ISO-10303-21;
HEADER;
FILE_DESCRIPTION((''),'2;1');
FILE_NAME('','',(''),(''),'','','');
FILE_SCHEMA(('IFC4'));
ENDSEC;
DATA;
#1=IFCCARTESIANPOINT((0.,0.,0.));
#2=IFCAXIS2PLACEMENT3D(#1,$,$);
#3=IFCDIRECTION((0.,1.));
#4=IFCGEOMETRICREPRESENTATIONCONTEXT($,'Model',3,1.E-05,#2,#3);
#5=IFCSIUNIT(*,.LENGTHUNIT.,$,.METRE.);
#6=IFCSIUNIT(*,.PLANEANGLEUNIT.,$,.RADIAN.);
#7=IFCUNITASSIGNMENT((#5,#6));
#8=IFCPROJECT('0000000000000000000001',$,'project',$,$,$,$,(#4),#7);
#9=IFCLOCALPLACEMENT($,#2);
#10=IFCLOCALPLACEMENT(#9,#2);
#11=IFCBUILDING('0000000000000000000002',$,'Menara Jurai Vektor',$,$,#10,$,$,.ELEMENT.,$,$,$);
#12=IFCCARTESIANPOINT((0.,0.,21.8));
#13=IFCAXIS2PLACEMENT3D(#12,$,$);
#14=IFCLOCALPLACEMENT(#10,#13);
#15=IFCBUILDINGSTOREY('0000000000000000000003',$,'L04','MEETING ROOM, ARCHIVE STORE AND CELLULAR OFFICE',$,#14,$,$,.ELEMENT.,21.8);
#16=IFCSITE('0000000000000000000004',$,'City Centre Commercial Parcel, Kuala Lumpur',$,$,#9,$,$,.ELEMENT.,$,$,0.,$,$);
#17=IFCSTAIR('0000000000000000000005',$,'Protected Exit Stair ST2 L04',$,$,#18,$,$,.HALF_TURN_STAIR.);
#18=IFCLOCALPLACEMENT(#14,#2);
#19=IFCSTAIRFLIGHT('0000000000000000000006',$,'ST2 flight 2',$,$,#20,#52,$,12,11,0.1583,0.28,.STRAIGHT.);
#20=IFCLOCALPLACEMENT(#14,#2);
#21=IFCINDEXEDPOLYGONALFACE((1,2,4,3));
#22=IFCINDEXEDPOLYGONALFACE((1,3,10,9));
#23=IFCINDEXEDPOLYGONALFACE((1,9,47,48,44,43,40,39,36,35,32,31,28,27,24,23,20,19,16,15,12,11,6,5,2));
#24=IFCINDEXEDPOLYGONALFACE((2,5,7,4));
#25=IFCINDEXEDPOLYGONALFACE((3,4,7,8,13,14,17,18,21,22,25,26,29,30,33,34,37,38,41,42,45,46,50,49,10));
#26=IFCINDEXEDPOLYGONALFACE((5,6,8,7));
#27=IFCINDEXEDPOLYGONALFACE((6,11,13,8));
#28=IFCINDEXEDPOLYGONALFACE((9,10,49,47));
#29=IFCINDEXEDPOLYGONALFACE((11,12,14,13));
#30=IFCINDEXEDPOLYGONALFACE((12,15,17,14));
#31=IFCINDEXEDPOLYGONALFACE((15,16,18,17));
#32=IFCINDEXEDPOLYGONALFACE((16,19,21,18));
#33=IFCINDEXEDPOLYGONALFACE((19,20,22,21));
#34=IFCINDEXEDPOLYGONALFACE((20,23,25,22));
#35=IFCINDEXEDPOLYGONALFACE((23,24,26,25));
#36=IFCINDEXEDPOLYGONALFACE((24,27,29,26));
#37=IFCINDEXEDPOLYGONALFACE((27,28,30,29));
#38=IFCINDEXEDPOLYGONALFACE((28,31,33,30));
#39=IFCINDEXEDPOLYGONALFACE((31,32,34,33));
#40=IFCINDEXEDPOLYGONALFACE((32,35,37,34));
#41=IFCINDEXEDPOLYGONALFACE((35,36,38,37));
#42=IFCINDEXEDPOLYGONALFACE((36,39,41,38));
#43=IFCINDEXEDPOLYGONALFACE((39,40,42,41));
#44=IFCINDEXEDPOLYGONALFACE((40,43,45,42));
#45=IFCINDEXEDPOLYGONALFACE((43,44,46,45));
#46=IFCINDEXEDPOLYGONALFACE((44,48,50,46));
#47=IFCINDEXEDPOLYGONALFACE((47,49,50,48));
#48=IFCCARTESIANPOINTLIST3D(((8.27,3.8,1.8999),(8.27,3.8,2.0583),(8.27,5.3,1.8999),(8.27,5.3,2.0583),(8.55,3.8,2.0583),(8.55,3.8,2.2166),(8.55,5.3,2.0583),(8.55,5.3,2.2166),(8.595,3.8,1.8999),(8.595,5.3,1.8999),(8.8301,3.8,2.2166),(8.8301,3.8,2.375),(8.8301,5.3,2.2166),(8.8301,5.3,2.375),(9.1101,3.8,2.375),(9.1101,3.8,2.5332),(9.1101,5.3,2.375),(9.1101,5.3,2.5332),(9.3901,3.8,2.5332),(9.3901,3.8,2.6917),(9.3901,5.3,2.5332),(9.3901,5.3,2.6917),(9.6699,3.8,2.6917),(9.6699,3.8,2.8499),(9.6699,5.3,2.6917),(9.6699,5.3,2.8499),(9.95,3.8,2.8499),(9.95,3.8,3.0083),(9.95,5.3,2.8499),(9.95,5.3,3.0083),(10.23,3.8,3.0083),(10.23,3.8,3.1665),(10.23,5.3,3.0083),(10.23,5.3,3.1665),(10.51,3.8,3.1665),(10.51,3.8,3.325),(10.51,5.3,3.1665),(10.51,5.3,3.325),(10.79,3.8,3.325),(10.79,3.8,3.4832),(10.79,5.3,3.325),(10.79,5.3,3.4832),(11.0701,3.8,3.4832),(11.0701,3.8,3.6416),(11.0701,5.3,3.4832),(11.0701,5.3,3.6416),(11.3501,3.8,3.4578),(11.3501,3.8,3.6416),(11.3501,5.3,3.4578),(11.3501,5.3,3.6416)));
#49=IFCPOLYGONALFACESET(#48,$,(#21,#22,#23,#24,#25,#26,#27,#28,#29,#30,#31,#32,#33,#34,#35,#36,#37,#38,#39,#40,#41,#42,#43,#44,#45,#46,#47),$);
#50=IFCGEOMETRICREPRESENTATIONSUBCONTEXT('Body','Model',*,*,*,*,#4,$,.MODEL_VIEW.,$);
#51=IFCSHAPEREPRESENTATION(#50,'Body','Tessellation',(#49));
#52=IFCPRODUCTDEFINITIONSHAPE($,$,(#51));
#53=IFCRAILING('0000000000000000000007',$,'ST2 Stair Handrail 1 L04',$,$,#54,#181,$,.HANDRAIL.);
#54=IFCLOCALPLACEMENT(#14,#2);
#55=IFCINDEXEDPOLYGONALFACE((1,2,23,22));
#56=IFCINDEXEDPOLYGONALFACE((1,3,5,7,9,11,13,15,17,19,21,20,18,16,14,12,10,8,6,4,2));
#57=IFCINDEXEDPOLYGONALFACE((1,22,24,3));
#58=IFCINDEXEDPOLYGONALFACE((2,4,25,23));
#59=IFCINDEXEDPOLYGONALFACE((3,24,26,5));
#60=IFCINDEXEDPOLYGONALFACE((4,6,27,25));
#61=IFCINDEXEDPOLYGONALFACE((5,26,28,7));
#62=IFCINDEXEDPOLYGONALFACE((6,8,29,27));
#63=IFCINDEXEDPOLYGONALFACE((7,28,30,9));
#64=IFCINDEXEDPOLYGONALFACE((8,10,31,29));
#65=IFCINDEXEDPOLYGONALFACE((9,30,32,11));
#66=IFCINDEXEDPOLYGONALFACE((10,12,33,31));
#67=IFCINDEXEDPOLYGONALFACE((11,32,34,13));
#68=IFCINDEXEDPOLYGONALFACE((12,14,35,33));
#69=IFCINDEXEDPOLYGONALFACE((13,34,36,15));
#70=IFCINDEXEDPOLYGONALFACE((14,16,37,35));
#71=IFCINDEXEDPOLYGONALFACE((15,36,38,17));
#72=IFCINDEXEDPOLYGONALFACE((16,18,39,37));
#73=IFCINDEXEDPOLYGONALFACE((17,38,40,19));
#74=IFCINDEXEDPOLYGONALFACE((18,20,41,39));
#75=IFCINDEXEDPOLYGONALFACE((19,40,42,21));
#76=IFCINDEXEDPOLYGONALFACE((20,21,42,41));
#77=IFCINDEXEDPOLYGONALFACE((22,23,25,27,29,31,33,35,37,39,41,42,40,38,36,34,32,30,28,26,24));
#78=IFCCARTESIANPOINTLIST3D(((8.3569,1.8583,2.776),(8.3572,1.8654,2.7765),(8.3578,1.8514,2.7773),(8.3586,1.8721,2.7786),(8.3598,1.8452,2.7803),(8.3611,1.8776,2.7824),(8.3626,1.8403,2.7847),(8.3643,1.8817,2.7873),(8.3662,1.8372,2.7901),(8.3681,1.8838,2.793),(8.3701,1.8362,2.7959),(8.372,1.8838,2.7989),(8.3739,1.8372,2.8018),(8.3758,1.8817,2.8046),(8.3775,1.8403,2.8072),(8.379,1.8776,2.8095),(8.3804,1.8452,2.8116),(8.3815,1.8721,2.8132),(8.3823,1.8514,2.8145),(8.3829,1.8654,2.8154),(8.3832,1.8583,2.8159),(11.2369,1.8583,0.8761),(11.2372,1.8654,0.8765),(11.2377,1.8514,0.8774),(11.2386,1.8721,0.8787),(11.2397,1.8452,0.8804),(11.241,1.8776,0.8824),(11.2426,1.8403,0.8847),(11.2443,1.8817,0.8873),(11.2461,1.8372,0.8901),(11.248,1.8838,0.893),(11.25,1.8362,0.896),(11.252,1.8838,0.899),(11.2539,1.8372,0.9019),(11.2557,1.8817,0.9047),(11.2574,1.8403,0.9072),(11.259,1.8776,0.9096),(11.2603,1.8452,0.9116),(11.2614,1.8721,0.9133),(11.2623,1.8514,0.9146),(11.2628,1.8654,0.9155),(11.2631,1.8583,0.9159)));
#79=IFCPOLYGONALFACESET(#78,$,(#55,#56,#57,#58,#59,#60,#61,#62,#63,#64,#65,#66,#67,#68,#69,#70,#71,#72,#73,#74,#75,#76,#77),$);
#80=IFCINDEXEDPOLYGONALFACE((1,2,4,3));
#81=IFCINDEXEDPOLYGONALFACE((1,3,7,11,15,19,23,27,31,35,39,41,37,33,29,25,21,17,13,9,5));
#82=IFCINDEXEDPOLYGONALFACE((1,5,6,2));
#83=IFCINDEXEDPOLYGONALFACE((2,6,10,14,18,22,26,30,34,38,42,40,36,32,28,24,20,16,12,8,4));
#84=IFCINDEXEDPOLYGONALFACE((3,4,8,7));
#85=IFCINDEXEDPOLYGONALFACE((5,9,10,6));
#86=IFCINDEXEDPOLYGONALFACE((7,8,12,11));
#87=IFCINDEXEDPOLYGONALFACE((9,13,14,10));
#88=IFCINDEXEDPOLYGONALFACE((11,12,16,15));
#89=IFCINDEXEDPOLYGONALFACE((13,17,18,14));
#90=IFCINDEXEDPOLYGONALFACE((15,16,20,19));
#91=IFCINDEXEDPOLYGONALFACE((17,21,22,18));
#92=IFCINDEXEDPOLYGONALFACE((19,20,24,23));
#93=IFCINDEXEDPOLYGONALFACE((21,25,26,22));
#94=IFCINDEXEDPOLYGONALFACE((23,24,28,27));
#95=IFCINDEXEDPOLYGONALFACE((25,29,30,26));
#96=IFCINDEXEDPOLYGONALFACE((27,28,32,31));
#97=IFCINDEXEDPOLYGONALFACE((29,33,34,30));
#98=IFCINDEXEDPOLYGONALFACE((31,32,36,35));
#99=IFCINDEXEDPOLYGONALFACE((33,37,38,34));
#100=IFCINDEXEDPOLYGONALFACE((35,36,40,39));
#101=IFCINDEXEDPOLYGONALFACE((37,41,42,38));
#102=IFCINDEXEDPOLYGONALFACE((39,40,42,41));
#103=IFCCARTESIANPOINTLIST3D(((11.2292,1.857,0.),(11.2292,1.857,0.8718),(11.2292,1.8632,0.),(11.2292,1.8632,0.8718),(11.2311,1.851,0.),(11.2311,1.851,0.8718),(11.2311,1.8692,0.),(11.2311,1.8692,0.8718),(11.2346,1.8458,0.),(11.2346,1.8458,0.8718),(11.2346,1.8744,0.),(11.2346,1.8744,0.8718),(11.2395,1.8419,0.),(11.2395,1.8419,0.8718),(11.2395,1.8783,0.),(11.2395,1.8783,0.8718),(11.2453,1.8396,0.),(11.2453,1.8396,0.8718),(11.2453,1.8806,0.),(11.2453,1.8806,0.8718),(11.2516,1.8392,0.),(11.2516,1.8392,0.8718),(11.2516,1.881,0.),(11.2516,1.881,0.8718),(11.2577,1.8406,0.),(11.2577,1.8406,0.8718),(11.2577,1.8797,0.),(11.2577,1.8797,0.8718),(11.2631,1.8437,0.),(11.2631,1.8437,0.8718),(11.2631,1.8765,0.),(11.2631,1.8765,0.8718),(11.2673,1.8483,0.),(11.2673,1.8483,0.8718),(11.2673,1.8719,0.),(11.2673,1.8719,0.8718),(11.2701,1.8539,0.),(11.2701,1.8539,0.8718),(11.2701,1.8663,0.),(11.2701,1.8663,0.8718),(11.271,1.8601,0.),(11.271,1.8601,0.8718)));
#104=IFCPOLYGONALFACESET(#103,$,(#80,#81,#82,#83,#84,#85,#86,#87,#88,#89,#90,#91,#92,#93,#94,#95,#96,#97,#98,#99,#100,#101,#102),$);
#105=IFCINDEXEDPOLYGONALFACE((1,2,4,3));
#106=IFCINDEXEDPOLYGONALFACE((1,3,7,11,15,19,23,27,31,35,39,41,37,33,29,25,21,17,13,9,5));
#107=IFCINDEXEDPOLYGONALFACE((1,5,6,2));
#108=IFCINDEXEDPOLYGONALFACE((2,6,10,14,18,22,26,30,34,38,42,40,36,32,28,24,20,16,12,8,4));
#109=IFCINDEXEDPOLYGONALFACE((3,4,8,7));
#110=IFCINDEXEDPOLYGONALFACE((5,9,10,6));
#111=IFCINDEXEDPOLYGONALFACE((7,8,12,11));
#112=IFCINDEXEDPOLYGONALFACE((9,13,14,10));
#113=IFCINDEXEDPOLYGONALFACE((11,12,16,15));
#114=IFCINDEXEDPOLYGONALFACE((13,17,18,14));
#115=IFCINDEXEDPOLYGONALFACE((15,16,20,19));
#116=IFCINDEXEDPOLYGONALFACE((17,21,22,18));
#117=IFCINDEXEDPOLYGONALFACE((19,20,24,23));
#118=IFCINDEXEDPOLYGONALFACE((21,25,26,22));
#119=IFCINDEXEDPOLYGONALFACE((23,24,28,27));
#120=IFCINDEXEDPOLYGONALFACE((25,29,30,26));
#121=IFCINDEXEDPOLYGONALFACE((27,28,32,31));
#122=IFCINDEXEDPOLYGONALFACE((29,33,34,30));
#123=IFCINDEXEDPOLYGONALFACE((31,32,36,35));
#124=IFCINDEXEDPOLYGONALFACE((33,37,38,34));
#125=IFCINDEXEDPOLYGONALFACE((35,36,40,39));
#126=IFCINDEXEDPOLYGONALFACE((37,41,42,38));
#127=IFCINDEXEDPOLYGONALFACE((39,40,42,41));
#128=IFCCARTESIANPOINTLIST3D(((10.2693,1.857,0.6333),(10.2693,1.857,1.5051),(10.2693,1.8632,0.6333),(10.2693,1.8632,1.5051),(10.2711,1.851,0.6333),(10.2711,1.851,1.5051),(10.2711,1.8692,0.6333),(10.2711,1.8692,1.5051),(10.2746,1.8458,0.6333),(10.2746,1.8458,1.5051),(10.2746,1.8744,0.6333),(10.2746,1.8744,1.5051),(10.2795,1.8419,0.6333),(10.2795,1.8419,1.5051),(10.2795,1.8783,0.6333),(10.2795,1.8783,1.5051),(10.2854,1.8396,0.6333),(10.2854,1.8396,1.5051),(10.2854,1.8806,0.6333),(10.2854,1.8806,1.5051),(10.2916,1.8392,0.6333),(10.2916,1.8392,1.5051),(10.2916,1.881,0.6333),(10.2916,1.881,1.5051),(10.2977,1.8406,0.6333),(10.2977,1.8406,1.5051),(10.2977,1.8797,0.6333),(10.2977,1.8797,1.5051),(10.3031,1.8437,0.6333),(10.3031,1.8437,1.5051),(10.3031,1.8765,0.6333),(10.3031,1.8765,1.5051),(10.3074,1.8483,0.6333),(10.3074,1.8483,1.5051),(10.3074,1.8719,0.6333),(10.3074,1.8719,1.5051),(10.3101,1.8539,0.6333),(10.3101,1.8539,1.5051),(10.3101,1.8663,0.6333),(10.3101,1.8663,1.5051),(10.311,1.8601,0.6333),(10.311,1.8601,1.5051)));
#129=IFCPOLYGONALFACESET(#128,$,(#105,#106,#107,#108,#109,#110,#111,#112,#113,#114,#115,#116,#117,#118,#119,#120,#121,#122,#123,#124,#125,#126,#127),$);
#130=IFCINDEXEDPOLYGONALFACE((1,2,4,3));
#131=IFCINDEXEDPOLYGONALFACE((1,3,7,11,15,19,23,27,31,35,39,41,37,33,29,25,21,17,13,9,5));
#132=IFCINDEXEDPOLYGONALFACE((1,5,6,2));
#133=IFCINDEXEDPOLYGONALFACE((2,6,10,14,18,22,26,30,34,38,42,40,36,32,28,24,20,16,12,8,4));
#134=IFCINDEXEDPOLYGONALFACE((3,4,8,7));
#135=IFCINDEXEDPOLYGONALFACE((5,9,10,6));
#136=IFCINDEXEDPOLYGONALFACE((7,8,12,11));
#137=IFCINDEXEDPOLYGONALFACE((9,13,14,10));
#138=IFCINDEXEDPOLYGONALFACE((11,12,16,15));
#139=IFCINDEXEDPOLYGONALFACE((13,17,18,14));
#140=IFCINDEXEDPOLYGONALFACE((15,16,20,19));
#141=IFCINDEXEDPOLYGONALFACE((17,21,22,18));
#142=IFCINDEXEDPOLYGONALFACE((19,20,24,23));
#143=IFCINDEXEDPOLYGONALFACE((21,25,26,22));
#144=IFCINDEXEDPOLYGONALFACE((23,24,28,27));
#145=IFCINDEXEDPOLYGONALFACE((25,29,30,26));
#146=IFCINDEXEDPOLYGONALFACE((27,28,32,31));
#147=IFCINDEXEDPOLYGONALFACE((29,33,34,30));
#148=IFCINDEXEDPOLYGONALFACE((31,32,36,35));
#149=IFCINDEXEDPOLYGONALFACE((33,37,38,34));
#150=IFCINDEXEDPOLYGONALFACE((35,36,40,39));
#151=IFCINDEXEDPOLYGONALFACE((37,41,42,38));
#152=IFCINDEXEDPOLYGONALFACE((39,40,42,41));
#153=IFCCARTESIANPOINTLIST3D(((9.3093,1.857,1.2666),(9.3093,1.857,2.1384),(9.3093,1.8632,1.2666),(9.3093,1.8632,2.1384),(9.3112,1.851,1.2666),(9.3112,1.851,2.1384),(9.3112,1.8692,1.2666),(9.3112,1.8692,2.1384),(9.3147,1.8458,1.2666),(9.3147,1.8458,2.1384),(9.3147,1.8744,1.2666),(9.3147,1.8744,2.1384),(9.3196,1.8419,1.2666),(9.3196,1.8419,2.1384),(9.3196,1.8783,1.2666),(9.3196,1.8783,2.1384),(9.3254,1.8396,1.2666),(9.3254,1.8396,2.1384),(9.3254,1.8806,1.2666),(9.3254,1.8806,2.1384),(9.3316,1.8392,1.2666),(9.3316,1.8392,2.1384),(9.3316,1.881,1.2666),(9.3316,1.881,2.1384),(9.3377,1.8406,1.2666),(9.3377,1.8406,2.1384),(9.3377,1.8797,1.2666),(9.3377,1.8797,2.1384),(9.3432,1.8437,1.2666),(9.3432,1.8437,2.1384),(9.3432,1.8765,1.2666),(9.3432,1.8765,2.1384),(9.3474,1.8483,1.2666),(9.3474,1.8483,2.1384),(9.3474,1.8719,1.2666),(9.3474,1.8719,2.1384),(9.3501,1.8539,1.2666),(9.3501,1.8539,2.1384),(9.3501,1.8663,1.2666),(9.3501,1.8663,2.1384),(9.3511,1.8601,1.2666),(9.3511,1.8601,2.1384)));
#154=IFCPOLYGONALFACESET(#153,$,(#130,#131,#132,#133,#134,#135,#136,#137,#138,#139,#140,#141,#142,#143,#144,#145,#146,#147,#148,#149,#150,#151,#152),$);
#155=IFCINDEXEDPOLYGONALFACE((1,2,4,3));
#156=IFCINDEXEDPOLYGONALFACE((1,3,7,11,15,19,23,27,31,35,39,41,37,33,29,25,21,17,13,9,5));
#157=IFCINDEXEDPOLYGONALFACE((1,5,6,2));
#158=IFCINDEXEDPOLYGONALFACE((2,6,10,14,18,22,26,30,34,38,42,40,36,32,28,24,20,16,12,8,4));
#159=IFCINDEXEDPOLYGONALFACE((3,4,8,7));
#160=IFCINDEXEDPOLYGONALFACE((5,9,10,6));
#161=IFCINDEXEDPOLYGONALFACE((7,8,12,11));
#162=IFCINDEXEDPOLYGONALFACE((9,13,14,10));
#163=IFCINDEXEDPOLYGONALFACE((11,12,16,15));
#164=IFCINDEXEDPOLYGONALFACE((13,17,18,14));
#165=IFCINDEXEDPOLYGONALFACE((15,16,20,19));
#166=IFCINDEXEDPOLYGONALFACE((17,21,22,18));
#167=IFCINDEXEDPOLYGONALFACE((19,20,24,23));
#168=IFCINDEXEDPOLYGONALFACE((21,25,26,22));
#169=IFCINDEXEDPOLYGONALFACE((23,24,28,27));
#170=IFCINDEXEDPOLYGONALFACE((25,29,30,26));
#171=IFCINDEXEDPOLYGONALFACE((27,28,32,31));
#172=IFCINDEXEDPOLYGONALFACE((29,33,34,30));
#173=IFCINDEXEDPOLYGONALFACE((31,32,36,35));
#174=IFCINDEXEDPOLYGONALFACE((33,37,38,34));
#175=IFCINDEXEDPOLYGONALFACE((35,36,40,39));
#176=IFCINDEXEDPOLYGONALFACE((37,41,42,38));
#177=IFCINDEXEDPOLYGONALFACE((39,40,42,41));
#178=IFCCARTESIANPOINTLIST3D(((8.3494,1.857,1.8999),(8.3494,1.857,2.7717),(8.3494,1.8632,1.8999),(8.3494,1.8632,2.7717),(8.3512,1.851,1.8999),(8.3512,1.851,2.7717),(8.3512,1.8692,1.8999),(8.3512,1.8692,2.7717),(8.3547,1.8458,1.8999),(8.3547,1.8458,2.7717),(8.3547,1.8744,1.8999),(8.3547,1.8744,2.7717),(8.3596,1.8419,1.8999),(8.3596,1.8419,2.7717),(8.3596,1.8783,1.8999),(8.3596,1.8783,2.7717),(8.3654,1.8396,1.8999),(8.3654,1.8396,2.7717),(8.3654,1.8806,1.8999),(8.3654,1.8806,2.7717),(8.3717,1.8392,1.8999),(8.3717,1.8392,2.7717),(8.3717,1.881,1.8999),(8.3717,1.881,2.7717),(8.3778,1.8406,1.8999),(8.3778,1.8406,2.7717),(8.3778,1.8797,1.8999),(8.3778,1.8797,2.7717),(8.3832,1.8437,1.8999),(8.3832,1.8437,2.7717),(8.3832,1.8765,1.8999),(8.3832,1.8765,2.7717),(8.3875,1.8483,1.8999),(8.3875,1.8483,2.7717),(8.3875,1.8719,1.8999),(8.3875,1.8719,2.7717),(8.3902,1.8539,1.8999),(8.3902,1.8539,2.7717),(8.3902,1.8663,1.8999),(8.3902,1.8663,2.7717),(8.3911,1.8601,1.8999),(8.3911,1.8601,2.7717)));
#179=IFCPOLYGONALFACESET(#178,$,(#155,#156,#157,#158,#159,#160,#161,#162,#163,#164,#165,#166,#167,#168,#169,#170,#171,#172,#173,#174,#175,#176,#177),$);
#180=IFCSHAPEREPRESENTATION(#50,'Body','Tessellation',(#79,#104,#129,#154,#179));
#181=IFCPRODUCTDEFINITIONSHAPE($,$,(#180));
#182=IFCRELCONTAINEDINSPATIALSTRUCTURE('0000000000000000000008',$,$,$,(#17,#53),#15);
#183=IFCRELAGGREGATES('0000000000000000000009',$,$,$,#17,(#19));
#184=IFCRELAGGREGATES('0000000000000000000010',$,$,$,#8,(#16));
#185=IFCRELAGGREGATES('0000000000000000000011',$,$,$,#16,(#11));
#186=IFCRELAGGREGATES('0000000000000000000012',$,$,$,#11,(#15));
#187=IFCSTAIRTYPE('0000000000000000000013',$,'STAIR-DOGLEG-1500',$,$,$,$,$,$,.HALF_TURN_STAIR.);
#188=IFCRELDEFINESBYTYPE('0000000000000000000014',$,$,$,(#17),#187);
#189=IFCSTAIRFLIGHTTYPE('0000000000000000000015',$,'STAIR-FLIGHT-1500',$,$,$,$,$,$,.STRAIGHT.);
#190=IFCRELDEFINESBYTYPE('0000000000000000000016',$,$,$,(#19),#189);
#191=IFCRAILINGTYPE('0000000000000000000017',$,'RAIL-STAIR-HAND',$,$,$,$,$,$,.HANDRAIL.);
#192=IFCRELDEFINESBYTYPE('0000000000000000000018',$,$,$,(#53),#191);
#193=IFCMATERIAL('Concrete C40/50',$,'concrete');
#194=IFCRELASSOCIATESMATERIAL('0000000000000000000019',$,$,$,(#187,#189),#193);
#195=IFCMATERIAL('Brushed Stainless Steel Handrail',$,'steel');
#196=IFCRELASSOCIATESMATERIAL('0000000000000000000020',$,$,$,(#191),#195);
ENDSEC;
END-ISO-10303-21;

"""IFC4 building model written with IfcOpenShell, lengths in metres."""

from ifc_helpers import new_model, si_unit, direction, frame, origin, origin_2d, place, context, subcontext, project, spatial, polyline, circle, outline, extrude, material, type_object, element, aggregate, save


model = new_model("IFC4")

# Units and contexts
model_context = context("Model", 3, precision=1e-05, world=origin(), true_north=direction((0.0, 1.0)))
body_context = subcontext(model_context, "Body", "Model", "MODEL_VIEW")
ifc_project = project(units=[si_unit("LENGTHUNIT", "METRE"), si_unit("PLANEANGLEUNIT", "RADIAN")], contexts=[model_context])

# Site, building, storey
site_placement = place(None, origin())
site = spatial("IfcSite", under=ifc_project, at=site_placement, Name="City Centre Commercial Parcel, Kuala Lumpur", CompositionType="ELEMENT", RefElevation=0.0)
building_placement = place(site_placement, origin())
building = spatial("IfcBuilding", under=site, at=building_placement, Name="Menara Jurai Vektor", CompositionType="ELEMENT")
storey_placement = place(building_placement, frame((0.0, 0.0, 21.8)))
storey = spatial("IfcBuildingStorey", under=building, at=storey_placement, Name="L04", Description="MEETING ROOM, ARCHIVE STORE AND CELLULAR OFFICE", CompositionType="ELEMENT", Elevation=21.8)

# Stair
ifc_material_1 = material(Name="Concrete C40/50", Category="concrete")
stair_type = type_object("IfcStairType", Name="STAIR-DOGLEG-1500", PredefinedType="HALF_TURN_STAIR", material=ifc_material_1)
stair_placement = place(storey_placement, origin())
stair = element("IfcStair", 1, at=stair_placement, inside=storey, type_object=stair_type, Name="Protected Exit Stair ST2 L04", PredefinedType="HALF_TURN_STAIR")

# Stair flight
stair_flight_type = type_object("IfcStairFlightType", Name="STAIR-FLIGHT-1500", PredefinedType="STRAIGHT", material=ifc_material_1)
stair_flight_1_placement = place(storey_placement, frame((8.27, 4.55, 1.8999), z_axis=(0.0, 0.0, 1.0), x_axis=(1.0, 0.0, 0.0)))
stair_flight_1 = element("IfcStairFlight", 2, at=stair_flight_1_placement, type_object=stair_flight_type, Name="ST2 flight 2", NumberOfRisers=12, NumberOfTreads=11, PredefinedType="STRAIGHT", RiserHeight=0.1583, TreadLength=0.28, context=body_context, shape_type="SweptSolid", body=[
    extrude(outline(polyline([(0.0, 0.0), (0.0, 0.1584), (0.28, 0.1584), (0.28, 0.3167), (0.5601, 0.3167), (0.5601, 0.4751), (0.8401, 0.4751), (0.8401, 0.6333), (1.1201, 0.6333), (1.1201, 0.7917), (1.3999, 0.7917), (1.3999, 0.95), (1.6799, 0.95), (1.6799, 1.1084), (1.96, 1.1084), (1.96, 1.2666), (2.24, 1.2666), (2.24, 1.425), (2.52, 1.425), (2.52, 1.5833), (2.8, 1.5833), (2.8, 1.7417), (3.0801, 1.7417), (3.0801, 1.8999), (3.0801, 1.5579), (0.325, 0.0), (0.0, 0.0)])), frame((0.0, 0.75, 0.0), z_axis=(0.0, -1.0, 0.0), x_axis=(1.0, 0.0, 0.0)), (0.0, 0.0, 1.0), 1.5),
])
aggregate(stair, [stair_flight_1])

# Railing
ifc_material_2 = material(Name="Brushed Stainless Steel Handrail", Category="steel")
railing_type_1 = type_object("IfcRailingType", Name="RAIL-STAIR-HAND", PredefinedType="HANDRAIL", material=ifc_material_2)
railing_1_placement = place(storey_placement, frame((11.25, 1.8601, 0.0)))
element("IfcRailing", 3, at=railing_1_placement, inside=storey, type_object=railing_type_1, Name="ST2 Stair Handrail 1 L04", PredefinedType="HANDRAIL", context=body_context, shape_type="SweptSolid", body=[
    extrude(circle(Radius=0.0239, at=origin_2d()), frame((0.0, 0.0, 0.896), z_axis=(-0.834719, 0.0, 0.550677), x_axis=(0.0, -1.0, 0.0)), (0.0, 0.0, 1.0), 3.4502),
    extrude(circle(Radius=0.021, at=origin_2d()), origin(), (0.0, 0.0, 1.0), 0.8718),
    extrude(circle(Radius=0.021, at=origin_2d()), frame((-0.96, 0.0, 0.6333)), (0.0, 0.0, 1.0), 0.8718),
    extrude(circle(Radius=0.021, at=origin_2d()), frame((-1.9199, 0.0, 1.2666)), (0.0, 0.0, 1.0), 0.8718),
    extrude(circle(Radius=0.021, at=origin_2d()), frame((-2.8799, 0.0, 1.8999)), (0.0, 0.0, 1.0), 0.8718),
])

save(model, "model.ifc")
